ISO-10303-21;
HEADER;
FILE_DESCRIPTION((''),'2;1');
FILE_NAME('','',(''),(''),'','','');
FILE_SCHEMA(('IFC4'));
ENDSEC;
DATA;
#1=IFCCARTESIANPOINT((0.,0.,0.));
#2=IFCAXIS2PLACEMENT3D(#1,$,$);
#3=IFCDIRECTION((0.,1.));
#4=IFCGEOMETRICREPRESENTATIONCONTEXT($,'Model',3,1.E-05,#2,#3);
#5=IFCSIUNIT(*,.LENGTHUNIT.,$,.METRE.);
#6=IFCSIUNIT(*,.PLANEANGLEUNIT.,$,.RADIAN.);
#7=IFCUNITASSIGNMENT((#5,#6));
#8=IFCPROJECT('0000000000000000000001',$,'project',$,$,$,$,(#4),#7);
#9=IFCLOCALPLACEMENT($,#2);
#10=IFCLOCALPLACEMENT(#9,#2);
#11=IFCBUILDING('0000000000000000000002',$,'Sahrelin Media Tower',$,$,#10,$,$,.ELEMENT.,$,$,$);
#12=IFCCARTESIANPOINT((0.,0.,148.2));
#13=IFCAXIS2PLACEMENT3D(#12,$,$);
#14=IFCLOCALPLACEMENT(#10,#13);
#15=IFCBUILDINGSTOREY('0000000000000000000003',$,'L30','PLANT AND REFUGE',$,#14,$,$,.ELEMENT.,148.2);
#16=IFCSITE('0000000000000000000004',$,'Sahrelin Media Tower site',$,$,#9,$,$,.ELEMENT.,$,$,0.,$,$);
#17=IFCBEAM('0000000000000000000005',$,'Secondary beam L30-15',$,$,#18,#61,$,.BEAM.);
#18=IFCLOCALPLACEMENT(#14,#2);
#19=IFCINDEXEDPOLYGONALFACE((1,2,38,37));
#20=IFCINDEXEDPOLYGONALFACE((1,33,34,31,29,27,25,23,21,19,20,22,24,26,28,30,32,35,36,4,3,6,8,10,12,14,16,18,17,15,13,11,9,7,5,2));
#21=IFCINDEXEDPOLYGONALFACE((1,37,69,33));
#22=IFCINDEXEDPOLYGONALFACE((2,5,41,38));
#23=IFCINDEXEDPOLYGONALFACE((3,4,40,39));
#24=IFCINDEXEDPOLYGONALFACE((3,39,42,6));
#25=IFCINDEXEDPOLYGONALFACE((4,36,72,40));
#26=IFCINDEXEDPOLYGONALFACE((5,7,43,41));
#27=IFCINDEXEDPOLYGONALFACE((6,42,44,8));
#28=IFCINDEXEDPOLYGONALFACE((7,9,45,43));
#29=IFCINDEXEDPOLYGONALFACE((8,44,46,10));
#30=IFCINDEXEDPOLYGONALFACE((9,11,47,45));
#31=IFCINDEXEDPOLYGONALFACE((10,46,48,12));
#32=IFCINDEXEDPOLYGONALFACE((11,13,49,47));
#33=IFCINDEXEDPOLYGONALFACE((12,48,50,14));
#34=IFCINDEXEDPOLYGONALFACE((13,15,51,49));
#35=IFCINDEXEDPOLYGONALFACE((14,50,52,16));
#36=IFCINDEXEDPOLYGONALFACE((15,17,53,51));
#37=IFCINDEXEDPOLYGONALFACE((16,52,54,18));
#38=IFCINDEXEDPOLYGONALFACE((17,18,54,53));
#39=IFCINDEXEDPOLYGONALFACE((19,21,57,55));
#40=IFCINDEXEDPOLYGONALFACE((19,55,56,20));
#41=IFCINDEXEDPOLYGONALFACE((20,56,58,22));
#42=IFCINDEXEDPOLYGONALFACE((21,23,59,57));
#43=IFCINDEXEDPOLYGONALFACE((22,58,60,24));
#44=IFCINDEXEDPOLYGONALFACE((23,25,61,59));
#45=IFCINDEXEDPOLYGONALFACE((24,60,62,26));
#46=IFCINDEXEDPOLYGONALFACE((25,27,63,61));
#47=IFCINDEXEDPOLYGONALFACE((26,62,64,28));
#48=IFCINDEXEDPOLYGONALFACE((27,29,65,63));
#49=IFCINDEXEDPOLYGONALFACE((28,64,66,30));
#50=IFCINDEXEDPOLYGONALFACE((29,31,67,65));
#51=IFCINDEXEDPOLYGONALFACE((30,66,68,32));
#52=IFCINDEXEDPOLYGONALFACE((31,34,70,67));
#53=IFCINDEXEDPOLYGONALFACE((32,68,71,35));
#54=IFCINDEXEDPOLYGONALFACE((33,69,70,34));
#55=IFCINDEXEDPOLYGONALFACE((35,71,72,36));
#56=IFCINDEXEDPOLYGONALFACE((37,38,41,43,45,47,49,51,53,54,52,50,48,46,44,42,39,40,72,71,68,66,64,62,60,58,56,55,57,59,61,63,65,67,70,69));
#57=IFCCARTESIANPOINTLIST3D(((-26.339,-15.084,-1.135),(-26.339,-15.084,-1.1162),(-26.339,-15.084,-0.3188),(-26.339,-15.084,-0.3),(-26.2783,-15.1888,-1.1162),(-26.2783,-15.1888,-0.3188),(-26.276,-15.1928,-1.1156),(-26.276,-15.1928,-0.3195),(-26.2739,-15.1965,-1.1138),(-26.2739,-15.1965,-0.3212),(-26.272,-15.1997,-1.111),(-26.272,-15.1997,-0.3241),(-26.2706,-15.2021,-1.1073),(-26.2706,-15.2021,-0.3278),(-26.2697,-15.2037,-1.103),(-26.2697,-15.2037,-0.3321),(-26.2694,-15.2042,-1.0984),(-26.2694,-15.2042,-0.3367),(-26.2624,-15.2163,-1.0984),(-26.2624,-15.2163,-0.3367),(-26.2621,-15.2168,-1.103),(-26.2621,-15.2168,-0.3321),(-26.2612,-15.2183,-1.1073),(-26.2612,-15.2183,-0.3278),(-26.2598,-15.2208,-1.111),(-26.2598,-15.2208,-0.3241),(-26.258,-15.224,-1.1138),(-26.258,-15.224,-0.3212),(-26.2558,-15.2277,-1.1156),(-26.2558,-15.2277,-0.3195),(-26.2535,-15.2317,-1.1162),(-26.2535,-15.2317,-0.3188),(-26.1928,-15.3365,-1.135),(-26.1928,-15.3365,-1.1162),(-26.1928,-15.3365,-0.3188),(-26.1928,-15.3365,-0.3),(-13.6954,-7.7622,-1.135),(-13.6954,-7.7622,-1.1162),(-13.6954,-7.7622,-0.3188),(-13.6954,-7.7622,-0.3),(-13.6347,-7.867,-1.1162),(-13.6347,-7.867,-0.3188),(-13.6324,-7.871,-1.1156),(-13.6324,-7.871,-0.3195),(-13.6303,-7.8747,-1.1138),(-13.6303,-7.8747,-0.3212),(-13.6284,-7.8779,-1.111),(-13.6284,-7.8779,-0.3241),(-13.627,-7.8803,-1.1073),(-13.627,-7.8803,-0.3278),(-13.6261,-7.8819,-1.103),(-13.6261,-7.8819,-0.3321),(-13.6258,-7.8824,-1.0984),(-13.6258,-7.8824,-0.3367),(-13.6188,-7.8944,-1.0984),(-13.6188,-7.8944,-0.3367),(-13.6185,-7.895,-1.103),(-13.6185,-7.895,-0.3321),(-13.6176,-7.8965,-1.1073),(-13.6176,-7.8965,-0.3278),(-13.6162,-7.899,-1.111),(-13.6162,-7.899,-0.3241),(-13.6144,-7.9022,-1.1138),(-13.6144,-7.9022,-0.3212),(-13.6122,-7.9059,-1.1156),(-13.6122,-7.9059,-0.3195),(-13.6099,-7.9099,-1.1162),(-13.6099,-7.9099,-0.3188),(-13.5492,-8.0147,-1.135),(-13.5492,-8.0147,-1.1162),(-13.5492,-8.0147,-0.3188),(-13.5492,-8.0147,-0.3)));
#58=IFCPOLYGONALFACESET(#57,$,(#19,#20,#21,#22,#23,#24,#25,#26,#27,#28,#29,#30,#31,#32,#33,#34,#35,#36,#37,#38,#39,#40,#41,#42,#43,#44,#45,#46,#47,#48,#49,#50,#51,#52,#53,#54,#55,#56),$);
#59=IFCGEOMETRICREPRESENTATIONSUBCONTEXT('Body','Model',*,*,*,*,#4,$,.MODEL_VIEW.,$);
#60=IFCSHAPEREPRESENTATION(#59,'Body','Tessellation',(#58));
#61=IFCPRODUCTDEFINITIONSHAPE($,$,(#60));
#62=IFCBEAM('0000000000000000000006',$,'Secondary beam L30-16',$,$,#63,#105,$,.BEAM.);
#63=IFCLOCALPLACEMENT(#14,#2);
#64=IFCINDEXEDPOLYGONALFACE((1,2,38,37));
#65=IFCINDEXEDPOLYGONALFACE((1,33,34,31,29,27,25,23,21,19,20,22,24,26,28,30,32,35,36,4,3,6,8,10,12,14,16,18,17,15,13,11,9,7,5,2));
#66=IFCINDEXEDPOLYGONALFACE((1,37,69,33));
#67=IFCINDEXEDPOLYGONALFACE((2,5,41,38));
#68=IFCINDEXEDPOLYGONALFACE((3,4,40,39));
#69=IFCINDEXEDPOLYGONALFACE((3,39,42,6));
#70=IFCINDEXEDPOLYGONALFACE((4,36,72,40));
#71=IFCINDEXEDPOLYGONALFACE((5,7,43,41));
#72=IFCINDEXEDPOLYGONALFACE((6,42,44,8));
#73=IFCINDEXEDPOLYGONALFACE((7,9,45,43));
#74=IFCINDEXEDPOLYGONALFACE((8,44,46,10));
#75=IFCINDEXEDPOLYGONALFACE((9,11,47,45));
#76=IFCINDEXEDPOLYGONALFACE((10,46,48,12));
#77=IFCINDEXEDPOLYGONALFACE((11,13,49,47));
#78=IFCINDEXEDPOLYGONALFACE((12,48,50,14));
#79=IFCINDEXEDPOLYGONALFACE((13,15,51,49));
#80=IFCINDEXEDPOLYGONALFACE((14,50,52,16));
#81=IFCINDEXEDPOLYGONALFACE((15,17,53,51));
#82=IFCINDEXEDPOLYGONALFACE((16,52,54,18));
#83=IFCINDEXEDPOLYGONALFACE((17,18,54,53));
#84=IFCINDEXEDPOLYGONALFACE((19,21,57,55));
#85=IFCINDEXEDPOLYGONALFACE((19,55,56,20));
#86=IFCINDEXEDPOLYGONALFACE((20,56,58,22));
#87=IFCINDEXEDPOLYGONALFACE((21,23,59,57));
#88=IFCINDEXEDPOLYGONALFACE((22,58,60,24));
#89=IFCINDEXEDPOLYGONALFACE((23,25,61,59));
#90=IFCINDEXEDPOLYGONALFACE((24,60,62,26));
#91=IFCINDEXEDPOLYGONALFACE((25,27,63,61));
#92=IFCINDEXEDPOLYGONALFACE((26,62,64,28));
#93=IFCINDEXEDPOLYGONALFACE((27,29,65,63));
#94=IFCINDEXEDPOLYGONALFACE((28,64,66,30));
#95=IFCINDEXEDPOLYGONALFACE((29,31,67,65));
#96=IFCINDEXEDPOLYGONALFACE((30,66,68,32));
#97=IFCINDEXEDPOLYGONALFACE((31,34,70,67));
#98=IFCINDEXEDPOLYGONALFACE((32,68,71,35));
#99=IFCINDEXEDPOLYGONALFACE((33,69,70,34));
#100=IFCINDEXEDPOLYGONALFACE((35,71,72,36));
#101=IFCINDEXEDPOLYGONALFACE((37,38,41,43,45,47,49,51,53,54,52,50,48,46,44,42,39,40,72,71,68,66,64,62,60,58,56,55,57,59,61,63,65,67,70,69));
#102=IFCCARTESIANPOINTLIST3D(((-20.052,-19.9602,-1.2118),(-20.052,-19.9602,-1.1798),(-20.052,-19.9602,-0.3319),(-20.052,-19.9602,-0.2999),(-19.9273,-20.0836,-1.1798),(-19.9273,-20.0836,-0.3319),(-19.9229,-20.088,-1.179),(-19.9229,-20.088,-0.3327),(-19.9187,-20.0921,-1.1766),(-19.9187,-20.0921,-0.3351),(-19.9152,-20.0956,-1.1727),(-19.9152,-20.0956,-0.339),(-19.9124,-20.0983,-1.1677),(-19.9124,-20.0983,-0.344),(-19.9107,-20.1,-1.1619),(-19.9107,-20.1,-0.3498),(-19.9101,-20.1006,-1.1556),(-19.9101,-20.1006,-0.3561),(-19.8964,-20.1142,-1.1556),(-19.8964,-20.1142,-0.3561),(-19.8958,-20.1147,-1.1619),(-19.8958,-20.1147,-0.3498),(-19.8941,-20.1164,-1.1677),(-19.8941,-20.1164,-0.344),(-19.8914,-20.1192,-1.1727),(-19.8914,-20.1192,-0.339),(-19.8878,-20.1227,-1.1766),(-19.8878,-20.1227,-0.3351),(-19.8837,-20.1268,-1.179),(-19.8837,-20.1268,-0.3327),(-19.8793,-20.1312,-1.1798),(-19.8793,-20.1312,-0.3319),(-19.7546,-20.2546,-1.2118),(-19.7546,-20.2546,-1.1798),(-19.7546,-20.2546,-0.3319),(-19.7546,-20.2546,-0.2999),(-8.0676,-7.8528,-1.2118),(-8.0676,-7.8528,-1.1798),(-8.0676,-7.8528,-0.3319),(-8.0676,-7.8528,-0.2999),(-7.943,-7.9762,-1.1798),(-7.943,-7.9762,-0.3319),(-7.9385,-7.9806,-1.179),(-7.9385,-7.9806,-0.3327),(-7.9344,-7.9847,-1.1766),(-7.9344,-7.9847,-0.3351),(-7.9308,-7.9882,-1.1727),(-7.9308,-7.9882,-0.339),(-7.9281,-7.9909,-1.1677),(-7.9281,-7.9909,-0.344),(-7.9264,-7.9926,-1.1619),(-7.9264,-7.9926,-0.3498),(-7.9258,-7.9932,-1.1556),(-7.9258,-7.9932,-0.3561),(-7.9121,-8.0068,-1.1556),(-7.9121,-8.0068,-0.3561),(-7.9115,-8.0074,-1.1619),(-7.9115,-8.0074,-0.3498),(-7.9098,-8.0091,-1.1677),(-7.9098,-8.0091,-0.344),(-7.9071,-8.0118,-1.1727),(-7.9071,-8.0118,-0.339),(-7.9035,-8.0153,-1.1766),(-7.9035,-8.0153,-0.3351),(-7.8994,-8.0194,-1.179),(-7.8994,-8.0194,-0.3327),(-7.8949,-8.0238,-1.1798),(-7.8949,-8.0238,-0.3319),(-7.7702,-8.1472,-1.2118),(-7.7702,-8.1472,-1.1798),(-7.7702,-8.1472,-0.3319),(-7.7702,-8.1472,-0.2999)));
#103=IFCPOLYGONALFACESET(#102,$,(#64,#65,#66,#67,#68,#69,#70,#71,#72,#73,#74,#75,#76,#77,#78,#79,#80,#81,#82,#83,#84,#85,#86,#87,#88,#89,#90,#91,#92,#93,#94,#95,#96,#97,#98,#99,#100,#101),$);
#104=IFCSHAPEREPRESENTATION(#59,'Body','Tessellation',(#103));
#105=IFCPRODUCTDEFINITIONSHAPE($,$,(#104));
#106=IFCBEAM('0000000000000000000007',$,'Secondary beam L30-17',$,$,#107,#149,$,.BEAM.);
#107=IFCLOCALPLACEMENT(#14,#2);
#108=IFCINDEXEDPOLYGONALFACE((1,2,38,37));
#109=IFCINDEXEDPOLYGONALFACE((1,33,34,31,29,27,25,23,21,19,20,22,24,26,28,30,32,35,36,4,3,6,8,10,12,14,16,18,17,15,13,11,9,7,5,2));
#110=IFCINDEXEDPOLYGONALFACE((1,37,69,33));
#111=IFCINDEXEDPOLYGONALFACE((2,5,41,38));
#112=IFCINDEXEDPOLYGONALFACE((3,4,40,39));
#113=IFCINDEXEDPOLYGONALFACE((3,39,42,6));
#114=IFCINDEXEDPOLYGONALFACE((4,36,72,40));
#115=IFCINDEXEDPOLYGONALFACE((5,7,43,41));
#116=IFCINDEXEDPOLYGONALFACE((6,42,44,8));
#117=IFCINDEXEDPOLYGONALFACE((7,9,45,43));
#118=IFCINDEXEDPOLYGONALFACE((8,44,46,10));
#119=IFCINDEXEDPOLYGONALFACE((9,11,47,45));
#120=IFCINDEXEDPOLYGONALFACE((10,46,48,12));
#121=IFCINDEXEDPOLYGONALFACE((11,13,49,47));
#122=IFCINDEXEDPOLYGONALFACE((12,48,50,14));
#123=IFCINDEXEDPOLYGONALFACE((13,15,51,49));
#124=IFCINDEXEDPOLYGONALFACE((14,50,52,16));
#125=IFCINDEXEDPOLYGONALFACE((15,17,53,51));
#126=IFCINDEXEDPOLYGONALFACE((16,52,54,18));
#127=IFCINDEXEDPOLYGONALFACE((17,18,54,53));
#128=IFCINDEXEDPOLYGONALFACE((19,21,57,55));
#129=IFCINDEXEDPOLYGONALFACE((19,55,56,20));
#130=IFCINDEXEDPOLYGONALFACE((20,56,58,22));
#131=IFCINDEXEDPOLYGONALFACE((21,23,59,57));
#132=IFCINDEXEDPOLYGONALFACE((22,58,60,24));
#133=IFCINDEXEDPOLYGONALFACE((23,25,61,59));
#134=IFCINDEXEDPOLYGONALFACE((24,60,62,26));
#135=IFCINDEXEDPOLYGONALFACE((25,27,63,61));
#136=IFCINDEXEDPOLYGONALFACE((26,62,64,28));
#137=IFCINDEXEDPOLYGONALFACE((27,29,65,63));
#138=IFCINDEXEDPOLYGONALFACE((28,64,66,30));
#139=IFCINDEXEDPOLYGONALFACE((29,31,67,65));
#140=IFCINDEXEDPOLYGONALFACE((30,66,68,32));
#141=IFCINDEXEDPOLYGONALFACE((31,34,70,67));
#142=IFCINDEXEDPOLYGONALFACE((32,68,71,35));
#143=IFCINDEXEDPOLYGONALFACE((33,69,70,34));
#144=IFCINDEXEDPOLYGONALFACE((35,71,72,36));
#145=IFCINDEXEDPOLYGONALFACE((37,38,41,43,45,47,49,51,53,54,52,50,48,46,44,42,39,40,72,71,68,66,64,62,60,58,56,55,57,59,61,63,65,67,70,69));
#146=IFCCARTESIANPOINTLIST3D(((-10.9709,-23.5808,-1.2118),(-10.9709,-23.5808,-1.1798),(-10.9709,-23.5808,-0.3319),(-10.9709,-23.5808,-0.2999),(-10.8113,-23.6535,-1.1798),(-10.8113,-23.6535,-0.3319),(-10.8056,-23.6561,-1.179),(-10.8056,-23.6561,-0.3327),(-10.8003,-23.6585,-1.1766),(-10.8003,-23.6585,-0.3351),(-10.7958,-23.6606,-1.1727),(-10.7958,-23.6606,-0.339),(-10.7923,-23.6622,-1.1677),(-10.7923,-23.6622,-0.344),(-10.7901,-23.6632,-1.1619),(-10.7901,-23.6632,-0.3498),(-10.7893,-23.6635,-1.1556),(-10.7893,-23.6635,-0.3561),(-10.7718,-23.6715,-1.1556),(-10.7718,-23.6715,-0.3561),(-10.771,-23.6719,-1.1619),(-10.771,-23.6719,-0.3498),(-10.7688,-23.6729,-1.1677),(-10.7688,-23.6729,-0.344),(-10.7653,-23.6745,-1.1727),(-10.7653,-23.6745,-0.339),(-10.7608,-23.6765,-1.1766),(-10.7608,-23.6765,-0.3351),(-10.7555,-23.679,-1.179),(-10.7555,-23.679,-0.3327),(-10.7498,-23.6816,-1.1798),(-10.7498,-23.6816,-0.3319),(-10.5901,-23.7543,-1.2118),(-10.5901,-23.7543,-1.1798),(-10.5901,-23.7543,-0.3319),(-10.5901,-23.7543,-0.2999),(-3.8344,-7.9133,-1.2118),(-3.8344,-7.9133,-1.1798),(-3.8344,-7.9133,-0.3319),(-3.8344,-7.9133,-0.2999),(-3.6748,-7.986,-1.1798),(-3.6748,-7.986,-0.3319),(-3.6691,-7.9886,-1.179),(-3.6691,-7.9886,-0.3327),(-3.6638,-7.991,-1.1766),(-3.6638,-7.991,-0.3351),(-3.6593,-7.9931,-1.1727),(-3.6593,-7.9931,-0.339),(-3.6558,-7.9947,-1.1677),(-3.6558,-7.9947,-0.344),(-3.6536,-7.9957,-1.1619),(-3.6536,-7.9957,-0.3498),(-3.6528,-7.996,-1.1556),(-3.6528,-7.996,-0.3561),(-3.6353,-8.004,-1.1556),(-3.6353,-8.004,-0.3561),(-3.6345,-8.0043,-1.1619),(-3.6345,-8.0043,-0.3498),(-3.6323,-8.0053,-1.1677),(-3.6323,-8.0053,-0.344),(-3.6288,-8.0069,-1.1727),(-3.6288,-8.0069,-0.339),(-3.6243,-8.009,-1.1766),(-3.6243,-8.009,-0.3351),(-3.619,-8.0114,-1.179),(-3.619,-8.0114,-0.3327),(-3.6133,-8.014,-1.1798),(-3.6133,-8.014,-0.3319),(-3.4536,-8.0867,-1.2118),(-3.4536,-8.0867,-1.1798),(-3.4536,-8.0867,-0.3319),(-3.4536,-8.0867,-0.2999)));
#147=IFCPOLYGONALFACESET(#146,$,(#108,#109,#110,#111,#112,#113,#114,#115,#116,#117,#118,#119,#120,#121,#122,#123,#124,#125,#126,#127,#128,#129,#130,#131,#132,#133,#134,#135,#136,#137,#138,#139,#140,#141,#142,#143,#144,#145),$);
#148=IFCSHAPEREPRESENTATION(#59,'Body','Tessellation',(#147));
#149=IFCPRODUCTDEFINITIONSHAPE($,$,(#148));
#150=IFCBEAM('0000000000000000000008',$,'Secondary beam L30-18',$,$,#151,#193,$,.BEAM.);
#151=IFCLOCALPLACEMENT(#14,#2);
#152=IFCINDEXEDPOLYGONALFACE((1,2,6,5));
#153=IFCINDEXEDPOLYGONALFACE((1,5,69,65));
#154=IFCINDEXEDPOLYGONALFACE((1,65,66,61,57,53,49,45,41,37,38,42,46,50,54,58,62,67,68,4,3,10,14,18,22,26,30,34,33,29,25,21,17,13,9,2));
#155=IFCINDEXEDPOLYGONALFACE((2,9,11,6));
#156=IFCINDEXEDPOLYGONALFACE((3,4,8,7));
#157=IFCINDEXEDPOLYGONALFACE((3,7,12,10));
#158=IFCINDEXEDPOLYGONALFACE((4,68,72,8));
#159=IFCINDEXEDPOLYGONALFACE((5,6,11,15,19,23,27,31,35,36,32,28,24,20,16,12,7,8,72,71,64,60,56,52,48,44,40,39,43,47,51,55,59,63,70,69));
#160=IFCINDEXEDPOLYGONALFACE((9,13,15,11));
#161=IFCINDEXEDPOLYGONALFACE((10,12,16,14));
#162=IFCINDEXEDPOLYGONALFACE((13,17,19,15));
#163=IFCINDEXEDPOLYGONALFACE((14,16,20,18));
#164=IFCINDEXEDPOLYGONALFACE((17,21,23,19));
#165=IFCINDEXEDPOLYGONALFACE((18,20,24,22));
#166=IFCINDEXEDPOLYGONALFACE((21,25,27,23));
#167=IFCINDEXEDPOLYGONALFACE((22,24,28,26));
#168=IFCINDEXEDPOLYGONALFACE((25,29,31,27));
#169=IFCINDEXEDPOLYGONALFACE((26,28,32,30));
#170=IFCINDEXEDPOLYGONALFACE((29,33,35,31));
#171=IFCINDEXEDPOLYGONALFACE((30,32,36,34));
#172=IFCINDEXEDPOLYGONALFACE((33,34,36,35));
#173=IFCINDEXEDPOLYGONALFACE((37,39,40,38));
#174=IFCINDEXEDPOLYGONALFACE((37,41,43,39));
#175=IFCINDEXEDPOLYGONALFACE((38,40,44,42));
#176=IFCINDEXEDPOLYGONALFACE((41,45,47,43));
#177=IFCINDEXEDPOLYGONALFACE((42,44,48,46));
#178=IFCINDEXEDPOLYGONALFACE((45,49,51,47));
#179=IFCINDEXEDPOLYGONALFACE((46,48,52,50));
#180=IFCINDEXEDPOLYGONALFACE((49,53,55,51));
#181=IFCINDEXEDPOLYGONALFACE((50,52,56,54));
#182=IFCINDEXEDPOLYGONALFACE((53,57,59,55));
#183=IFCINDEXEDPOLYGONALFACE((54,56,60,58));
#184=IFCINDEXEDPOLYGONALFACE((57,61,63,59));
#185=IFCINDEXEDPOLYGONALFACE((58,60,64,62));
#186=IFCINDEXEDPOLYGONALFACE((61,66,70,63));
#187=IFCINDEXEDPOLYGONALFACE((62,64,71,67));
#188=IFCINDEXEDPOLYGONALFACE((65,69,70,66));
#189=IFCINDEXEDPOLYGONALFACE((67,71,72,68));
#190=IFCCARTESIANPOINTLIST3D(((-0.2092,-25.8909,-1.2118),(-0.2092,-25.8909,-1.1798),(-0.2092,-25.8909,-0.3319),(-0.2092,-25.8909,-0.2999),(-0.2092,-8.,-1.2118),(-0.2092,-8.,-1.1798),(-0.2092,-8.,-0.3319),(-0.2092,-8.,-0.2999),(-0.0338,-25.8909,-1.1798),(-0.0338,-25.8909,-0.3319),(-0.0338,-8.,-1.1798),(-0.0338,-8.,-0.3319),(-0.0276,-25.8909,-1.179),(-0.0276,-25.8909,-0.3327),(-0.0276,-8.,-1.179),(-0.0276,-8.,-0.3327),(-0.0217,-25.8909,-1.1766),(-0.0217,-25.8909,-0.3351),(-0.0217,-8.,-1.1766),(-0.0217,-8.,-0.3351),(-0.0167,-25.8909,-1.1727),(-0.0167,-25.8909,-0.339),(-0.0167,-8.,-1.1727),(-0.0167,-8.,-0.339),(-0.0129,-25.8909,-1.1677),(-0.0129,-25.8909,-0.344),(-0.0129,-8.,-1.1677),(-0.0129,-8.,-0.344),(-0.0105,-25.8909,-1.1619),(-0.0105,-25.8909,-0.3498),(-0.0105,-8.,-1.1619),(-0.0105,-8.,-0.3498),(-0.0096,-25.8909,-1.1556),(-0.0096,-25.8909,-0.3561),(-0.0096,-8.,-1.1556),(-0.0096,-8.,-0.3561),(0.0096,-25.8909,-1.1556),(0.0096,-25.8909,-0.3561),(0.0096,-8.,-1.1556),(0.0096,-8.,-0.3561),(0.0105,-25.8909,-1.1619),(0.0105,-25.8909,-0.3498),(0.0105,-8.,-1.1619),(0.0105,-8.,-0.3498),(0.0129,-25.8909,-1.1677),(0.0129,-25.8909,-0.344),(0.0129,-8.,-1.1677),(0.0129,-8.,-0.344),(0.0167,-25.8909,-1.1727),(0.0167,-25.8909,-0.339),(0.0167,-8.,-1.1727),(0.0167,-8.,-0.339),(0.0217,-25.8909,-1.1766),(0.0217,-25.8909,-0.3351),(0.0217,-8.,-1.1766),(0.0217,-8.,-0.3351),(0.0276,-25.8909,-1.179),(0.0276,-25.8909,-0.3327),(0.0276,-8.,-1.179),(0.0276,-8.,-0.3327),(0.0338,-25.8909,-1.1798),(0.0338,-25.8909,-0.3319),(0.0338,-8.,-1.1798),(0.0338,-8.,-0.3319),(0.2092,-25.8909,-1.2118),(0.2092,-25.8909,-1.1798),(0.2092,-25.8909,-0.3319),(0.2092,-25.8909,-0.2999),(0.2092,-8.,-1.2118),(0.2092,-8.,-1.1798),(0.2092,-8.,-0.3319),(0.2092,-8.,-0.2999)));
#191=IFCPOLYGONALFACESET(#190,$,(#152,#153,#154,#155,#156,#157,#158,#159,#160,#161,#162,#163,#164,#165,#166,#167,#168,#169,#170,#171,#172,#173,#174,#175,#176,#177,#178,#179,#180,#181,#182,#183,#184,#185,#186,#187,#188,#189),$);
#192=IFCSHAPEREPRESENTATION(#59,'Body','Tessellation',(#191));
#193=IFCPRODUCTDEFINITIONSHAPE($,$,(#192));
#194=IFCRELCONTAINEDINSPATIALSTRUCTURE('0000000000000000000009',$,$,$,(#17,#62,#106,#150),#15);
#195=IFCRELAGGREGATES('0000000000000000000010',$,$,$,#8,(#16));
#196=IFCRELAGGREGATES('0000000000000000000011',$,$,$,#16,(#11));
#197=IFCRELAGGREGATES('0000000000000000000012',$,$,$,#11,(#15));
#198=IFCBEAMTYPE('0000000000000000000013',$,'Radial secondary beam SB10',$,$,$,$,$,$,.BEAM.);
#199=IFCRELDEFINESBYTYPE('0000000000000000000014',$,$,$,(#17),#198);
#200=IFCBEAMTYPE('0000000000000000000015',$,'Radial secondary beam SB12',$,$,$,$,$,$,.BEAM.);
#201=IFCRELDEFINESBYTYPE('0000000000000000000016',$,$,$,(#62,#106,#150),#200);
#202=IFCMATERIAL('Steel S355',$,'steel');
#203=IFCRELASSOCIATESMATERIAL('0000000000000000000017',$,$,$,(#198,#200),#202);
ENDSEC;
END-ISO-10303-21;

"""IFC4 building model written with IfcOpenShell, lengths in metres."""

from ifc_helpers import new_model, si_unit, direction, frame, origin, origin_2d, place, context, subcontext, project, spatial, i_section, extrude, material, material_profile, profile_set, type_object, element, save


model = new_model("IFC4")

# Units and contexts
model_context = context("Model", 3, precision=1e-05, world=origin(), true_north=direction((0.0, 1.0)))
body_context = subcontext(model_context, "Body", "Model", "MODEL_VIEW")
ifc_project = project(units=[si_unit("LENGTHUNIT", "METRE"), si_unit("PLANEANGLEUNIT", "RADIAN")], contexts=[model_context])

# Site, building, storey
site_placement = place(None, origin())
site = spatial("IfcSite", under=ifc_project, at=site_placement, Name="Sahrelin Media Tower site", CompositionType="ELEMENT", RefElevation=0.0)
building_placement = place(site_placement, origin())
building = spatial("IfcBuilding", under=site, at=building_placement, Name="Sahrelin Media Tower", CompositionType="ELEMENT")
storey_placement = place(building_placement, frame((0.0, 0.0, 148.2)))
storey = spatial("IfcBuildingStorey", under=building, at=storey_placement, Name="L30", Description="PLANT AND REFUGE", CompositionType="ELEMENT", Elevation=148.2)

# Beams
ifc_material_1 = material(Name="Steel S355", Category="steel")
ifc_material_profile_1 = material_profile(ifc_material_1, i_section(OverallWidth=0.2917, OverallDepth=0.835, WebThickness=0.0139, FlangeThickness=0.0188, FilletRadius=0.0178, at=origin_2d()), Name="UB 838x292x176")
ifc_profile_set_1 = profile_set([ifc_material_profile_1], Name="Steel S355")
beam_type_1 = type_object("IfcBeamType", Name="Radial secondary beam SB10", PredefinedType="BEAM", material=ifc_profile_set_1)
beam_1_placement = place(storey_placement, frame((-13.6223, -7.8884, -0.7175), z_axis=(-0.865372, -0.50113, 0.0), x_axis=(0.50113, -0.865372, 0.0)))
element("IfcBeam", 1, at=beam_1_placement, inside=storey, type_object=beam_type_1, Name="Secondary beam L30-15", PredefinedType="BEAM", context=body_context, shape_type="SweptSolid", body=[
    extrude(i_section(OverallWidth=0.2917, OverallDepth=0.835, WebThickness=0.0139, FlangeThickness=0.0188, FilletRadius=0.0178, at=origin_2d()), origin(), (0.0, 0.0, 1.0), 14.6106),
])
ifc_material_profile_2 = material_profile(ifc_material_1, i_section(OverallWidth=0.4185, OverallDepth=0.9119, WebThickness=0.0193, FlangeThickness=0.032, FilletRadius=0.0242, at=origin_2d()), Name="UB 914x419x343")
ifc_profile_set_2 = profile_set([ifc_material_profile_2], Name="Steel S355")
beam_type_2 = type_object("IfcBeamType", Name="Radial secondary beam SB12", PredefinedType="BEAM", material=ifc_profile_set_2)
beam_2_placement = place(storey_placement, frame((-7.9189, -8.0, -0.7559), z_axis=(-0.703486, -0.710709, 0.0), x_axis=(0.710709, -0.703486, 0.0)))
element("IfcBeam", 2, at=beam_2_placement, inside=storey, type_object=beam_type_2, Name="Secondary beam L30-16", PredefinedType="BEAM", context=body_context, shape_type="SweptSolid", body=[
    extrude(i_section(OverallWidth=0.4185, OverallDepth=0.9119, WebThickness=0.0193, FlangeThickness=0.032, FilletRadius=0.0242, at=origin_2d()), origin(), (0.0, 0.0, 1.0), 17.0356),
])
beam_3_placement = place(storey_placement, frame((-3.644, -8.0, -0.7559), z_axis=(-0.41452, -0.91004, 0.0), x_axis=(0.91004, -0.41452, 0.0)))
element("IfcBeam", 3, at=beam_3_placement, inside=storey, type_object=beam_type_2, Name="Secondary beam L30-17", PredefinedType="BEAM", context=body_context, shape_type="SweptSolid", body=[
    extrude(i_section(OverallWidth=0.4185, OverallDepth=0.9119, WebThickness=0.0193, FlangeThickness=0.032, FilletRadius=0.0242, at=origin_2d()), origin(), (0.0, 0.0, 1.0), 17.2163),
])
beam_4_placement = place(storey_placement, frame((0.0, -8.0, -0.7559), z_axis=(0.0, -1.0, 0.0), x_axis=(1.0, 0.0, 0.0)))
element("IfcBeam", 4, at=beam_4_placement, inside=storey, type_object=beam_type_2, Name="Secondary beam L30-18", PredefinedType="BEAM", context=body_context, shape_type="SweptSolid", body=[
    extrude(i_section(OverallWidth=0.4185, OverallDepth=0.9119, WebThickness=0.0193, FlangeThickness=0.032, FilletRadius=0.0242, at=origin_2d()), origin(), (0.0, 0.0, 1.0), 17.8909),
])

save(model, "model.ifc")
